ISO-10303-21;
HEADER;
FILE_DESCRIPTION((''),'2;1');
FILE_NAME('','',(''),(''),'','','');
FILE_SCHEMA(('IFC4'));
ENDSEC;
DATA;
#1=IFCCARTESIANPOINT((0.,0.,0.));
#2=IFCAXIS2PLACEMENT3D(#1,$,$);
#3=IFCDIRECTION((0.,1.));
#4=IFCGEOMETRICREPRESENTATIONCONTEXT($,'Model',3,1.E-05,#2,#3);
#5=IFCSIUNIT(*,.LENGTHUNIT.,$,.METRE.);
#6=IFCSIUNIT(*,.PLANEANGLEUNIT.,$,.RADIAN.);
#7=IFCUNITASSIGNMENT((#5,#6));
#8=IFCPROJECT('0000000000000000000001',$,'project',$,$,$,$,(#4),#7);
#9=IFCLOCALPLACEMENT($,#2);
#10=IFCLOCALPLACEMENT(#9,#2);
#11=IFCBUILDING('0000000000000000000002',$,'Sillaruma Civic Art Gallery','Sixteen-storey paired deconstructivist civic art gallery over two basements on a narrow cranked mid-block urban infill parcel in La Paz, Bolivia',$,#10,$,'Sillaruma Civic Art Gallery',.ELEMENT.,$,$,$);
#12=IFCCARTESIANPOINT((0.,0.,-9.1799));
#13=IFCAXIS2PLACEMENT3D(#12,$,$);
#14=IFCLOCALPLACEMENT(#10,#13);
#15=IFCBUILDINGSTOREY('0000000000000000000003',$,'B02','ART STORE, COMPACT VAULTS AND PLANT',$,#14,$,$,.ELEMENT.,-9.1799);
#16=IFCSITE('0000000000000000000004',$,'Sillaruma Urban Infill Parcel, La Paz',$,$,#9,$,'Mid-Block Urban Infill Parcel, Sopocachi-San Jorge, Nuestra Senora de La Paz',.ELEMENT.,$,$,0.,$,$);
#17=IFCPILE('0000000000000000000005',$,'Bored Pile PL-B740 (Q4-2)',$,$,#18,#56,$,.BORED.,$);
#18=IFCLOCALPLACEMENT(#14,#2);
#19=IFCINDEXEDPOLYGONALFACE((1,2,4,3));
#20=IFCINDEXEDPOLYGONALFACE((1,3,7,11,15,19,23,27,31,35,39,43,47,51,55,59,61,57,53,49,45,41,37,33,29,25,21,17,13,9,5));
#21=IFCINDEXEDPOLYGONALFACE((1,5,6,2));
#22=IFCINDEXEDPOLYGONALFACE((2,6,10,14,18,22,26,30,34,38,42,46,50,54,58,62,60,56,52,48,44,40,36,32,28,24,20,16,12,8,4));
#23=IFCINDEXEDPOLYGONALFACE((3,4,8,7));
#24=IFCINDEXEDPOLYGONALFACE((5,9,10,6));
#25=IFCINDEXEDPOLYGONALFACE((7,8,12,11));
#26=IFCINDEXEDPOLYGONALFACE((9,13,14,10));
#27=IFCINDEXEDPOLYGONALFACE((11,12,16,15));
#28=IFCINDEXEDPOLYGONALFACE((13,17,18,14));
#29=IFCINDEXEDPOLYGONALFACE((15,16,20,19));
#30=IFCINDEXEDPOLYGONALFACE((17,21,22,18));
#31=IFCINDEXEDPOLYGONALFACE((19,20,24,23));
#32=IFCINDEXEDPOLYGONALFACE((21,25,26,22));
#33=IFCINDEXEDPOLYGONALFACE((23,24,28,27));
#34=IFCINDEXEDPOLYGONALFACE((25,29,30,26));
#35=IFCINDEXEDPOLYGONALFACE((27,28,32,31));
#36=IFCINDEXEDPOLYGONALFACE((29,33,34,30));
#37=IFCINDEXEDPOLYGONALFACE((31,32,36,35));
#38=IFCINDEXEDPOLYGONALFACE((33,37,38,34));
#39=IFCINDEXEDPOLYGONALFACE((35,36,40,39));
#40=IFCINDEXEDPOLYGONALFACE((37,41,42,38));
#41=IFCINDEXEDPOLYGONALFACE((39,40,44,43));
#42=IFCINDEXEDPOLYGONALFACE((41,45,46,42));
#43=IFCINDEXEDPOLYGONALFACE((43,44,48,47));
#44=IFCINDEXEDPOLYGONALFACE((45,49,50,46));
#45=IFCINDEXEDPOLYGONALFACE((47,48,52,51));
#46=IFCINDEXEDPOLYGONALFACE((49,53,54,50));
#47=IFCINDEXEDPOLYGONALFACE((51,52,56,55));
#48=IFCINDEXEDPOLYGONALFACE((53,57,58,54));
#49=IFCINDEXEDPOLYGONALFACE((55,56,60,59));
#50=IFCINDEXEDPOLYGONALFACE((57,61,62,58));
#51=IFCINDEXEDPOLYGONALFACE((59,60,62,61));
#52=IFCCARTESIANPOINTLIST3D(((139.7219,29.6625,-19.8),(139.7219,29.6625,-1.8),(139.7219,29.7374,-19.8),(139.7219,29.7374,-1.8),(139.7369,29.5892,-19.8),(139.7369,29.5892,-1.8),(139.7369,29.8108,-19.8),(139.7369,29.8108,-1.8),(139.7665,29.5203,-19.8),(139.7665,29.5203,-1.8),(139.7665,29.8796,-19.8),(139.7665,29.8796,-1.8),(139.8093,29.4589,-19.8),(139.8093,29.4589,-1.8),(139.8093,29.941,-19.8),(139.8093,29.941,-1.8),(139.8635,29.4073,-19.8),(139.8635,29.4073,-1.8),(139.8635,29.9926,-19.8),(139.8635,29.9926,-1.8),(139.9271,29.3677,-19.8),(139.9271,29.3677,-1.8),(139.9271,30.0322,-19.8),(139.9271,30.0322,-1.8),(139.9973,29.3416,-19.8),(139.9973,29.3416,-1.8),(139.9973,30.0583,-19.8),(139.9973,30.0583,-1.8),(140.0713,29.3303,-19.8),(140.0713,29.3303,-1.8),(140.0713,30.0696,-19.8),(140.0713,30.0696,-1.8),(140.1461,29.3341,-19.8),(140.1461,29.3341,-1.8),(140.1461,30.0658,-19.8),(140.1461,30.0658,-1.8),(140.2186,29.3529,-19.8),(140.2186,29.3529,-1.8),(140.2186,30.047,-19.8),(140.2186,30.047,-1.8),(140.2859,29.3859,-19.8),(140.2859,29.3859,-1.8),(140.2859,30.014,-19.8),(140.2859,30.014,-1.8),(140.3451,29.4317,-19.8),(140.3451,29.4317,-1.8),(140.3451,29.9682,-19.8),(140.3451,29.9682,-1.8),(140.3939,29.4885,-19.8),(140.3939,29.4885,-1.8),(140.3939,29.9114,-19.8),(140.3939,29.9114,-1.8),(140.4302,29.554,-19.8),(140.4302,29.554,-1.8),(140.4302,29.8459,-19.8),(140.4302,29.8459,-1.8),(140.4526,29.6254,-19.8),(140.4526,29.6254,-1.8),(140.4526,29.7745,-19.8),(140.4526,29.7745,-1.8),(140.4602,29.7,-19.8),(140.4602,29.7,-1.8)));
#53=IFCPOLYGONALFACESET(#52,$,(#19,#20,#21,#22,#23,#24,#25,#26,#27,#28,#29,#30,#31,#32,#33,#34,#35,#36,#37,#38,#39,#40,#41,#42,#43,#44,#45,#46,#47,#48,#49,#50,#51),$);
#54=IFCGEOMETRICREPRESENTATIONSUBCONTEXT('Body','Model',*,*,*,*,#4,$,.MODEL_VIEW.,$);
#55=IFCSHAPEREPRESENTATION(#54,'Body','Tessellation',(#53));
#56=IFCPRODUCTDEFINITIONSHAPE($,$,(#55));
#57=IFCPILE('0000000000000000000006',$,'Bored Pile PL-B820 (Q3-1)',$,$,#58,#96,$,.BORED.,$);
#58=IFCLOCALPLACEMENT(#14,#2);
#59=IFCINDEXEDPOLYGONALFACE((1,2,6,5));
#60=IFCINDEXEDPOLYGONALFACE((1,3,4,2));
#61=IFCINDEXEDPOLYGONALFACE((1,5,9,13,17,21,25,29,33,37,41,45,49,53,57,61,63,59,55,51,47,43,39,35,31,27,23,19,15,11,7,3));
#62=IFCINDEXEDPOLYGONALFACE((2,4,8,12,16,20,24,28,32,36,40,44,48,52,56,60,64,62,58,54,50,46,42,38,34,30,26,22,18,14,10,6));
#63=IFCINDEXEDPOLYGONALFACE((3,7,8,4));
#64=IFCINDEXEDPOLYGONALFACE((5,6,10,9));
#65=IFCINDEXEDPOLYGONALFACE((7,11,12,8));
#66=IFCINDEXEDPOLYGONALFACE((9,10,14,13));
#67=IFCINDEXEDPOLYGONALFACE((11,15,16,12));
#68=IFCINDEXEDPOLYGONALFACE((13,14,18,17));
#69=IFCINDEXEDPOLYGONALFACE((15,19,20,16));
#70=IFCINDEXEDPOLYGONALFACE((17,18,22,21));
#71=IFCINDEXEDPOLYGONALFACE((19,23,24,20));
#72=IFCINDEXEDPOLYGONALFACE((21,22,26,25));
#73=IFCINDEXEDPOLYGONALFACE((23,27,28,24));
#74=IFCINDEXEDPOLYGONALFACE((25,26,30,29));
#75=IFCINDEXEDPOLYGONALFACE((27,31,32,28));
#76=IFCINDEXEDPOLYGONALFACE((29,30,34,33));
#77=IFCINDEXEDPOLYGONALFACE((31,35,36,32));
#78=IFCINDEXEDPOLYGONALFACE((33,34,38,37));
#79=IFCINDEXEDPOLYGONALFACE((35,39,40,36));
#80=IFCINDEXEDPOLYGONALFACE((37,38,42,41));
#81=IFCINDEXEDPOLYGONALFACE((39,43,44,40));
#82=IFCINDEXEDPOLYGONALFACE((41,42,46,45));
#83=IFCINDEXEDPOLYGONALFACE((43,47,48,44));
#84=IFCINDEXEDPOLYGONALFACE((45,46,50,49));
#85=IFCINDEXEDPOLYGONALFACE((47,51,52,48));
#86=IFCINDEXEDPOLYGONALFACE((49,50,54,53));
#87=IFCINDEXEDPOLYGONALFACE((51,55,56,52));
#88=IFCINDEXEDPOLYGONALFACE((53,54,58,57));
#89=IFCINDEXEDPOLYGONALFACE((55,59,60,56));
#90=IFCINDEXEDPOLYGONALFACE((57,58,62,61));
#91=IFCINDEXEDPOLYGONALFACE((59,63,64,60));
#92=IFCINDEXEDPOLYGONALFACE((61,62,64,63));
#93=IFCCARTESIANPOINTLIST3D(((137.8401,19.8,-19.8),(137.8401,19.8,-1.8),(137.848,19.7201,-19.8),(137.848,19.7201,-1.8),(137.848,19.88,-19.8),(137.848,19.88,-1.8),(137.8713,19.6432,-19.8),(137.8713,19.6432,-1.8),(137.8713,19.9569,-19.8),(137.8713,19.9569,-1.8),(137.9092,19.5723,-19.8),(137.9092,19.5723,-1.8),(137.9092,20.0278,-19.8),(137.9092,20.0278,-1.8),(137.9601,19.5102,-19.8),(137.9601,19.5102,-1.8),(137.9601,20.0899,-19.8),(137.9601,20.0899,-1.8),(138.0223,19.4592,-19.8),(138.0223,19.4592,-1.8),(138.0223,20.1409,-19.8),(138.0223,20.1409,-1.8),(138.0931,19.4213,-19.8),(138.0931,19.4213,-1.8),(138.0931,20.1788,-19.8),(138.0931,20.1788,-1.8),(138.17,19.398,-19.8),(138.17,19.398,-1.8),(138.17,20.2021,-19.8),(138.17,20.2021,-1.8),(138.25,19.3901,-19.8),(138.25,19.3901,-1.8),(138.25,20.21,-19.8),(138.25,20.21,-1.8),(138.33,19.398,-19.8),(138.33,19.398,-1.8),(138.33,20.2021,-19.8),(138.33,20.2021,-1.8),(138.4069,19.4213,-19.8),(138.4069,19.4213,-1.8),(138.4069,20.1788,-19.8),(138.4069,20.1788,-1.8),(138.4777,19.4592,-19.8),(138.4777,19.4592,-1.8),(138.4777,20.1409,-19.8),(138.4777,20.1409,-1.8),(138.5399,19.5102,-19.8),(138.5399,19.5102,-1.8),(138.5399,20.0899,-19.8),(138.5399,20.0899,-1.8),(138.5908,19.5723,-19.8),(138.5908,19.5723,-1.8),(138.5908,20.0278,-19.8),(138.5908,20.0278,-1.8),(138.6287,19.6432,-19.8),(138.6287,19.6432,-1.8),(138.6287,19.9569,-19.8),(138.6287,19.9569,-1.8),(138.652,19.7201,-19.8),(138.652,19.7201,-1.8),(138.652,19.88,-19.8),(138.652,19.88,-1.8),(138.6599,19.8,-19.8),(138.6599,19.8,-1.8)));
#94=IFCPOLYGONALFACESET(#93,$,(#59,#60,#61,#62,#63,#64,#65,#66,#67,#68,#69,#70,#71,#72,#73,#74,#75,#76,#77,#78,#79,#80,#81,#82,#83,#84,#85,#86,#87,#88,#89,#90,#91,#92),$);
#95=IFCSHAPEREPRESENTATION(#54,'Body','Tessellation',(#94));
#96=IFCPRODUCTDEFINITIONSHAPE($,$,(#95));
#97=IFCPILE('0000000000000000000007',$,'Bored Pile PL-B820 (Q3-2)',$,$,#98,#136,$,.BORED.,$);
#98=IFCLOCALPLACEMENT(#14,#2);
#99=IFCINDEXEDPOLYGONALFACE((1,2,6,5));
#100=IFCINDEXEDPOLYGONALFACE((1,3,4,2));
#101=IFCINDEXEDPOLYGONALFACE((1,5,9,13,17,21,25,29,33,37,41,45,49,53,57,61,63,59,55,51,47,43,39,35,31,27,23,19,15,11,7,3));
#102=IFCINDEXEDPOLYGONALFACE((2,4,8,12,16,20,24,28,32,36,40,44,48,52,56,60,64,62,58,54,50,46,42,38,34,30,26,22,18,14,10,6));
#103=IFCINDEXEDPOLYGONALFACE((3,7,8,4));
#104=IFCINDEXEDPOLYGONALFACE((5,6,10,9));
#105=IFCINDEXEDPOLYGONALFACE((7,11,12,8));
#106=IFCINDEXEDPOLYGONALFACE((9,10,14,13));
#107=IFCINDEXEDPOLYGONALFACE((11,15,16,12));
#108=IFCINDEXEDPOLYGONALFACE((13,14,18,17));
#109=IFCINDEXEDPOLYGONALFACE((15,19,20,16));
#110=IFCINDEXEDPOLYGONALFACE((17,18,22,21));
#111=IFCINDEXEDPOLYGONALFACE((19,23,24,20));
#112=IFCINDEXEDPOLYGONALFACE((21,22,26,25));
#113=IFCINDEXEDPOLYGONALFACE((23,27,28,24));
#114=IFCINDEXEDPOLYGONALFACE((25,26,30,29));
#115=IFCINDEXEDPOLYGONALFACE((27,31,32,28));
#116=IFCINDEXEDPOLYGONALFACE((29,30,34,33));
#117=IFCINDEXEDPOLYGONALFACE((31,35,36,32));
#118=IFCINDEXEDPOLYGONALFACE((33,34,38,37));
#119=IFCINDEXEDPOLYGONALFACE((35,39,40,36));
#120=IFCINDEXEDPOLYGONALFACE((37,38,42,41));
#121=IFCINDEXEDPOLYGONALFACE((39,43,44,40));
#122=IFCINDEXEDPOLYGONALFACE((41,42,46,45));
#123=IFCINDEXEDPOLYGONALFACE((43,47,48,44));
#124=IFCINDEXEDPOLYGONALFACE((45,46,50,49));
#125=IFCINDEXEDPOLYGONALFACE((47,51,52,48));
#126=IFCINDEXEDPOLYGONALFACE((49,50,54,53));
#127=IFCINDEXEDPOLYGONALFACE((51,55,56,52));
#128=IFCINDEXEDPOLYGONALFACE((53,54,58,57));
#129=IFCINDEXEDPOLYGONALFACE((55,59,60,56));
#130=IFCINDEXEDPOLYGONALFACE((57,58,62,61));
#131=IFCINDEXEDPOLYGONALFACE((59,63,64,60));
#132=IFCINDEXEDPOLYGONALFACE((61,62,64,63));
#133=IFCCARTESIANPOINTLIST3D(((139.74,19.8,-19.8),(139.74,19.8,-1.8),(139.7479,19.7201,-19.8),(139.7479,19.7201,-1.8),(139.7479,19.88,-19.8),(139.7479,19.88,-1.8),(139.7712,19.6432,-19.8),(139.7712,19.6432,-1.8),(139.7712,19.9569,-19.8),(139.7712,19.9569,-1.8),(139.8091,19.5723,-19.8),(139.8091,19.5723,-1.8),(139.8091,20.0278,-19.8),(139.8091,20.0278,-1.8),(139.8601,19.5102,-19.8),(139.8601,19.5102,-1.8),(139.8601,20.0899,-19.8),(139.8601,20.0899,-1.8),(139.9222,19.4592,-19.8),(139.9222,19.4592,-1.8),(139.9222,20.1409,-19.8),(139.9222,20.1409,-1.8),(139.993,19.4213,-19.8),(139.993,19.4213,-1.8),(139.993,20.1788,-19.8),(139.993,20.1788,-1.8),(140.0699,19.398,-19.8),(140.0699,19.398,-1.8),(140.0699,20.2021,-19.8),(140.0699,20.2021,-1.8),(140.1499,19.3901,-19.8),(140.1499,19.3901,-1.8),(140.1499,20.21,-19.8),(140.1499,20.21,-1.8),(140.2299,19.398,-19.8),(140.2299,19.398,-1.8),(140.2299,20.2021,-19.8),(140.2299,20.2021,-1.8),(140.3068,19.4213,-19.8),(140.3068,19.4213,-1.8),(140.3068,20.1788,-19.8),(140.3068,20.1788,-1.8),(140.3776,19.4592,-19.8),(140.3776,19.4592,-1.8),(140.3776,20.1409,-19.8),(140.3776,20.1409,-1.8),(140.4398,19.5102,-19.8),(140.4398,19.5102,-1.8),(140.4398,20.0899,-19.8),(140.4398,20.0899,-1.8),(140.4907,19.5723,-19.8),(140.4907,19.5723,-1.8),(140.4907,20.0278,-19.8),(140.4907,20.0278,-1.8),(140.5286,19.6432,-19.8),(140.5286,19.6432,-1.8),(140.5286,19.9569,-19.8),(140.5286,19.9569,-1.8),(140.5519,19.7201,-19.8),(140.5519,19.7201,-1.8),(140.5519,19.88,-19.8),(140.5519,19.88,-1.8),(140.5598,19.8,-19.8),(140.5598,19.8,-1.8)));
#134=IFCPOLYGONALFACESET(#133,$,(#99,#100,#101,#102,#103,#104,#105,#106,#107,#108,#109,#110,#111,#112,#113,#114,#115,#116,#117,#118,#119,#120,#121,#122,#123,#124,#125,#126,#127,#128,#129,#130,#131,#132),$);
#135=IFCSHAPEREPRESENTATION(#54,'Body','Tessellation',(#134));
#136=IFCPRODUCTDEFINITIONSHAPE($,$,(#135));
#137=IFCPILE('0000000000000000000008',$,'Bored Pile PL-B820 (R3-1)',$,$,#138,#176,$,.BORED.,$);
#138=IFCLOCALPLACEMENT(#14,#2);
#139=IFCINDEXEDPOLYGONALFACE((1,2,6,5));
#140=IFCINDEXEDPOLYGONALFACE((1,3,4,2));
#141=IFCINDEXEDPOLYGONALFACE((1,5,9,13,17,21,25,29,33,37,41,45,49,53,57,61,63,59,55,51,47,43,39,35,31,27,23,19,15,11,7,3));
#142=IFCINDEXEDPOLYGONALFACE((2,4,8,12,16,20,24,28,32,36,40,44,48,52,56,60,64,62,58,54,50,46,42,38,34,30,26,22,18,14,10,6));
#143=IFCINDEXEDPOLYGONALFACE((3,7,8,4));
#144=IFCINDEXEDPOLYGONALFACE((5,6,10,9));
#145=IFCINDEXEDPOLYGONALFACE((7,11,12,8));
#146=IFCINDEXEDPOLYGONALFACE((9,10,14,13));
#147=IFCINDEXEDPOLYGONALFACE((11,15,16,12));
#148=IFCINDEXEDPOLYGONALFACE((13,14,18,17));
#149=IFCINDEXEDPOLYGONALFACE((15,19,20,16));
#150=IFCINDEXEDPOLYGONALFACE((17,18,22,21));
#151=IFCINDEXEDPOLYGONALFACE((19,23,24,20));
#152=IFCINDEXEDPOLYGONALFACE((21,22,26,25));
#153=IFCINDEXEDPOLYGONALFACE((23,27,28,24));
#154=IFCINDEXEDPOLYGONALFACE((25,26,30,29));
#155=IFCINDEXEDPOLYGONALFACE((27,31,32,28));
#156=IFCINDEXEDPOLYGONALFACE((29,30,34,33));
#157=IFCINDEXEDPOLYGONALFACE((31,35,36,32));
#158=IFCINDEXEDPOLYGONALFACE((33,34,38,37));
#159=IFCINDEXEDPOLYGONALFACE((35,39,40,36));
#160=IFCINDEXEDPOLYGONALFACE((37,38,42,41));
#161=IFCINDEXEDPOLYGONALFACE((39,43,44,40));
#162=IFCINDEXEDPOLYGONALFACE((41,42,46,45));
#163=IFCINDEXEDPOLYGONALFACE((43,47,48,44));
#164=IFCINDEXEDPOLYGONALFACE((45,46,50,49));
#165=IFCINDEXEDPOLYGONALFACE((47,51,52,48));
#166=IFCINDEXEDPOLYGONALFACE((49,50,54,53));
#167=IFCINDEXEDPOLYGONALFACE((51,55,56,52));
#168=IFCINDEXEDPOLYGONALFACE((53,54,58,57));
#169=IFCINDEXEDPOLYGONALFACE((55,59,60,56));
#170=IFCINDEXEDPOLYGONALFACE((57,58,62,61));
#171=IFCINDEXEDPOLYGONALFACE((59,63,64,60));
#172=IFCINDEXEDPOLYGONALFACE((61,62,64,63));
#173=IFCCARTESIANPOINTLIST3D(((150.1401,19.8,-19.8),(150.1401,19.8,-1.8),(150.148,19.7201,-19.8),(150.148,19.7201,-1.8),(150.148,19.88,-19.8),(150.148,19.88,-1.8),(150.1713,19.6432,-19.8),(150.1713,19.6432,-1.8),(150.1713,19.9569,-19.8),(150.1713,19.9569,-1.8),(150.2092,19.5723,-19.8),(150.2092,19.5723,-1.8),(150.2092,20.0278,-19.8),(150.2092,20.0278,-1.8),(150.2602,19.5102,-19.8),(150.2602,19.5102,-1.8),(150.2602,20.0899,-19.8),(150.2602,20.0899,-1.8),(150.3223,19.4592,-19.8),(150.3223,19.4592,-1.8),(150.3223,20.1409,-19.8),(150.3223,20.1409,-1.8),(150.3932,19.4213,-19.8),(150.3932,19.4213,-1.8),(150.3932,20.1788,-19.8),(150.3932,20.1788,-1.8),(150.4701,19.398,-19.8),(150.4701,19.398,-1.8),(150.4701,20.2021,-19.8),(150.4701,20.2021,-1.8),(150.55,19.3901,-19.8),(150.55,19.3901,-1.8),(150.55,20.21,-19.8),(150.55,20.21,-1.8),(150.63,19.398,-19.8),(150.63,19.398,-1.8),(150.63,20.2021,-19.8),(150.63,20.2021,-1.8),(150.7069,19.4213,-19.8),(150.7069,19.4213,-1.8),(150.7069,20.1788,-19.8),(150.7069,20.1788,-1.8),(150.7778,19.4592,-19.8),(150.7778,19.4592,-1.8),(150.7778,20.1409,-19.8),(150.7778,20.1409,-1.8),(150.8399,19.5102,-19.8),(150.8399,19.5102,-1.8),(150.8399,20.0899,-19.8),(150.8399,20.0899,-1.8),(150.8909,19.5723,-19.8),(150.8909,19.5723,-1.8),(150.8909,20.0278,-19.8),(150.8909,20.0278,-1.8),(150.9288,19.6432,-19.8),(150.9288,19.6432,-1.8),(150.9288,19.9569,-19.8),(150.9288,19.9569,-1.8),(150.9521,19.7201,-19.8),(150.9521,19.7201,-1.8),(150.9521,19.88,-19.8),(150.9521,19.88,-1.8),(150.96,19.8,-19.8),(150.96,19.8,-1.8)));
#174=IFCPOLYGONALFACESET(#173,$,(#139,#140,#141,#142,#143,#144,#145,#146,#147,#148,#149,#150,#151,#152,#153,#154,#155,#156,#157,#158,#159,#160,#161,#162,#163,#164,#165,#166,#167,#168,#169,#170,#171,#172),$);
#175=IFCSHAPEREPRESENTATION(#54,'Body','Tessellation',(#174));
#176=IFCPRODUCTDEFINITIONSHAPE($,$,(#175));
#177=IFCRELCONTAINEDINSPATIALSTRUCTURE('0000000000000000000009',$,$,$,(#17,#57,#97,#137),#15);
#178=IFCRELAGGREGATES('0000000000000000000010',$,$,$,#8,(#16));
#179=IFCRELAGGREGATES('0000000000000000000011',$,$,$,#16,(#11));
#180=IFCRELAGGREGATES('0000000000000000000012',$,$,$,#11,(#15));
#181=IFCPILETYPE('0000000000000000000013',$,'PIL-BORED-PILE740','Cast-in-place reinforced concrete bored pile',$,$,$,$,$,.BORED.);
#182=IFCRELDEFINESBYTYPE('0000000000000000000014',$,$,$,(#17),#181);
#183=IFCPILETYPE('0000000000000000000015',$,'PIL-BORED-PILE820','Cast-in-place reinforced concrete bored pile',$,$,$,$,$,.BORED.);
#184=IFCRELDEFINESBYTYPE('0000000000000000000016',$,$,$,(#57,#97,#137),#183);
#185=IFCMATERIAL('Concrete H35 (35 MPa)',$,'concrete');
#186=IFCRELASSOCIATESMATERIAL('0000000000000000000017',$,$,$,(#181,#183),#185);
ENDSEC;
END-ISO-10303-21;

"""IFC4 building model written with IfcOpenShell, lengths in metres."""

from ifc_helpers import new_model, si_unit, direction, frame, origin, origin_2d, place, context, subcontext, project, spatial, circle, extrude, material, material_profile, profile_set, type_object, element, save


model = new_model("IFC4")

# Units and contexts
model_context = context("Model", 3, precision=1e-05, world=origin(), true_north=direction((0.0, 1.0)))
body_context = subcontext(model_context, "Body", "Model", "MODEL_VIEW")
ifc_project = project(units=[si_unit("LENGTHUNIT", "METRE"), si_unit("PLANEANGLEUNIT", "RADIAN")], contexts=[model_context])

# Site, building, storey
site_placement = place(None, origin())
site = spatial("IfcSite", under=ifc_project, at=site_placement, Name="Sillaruma Urban Infill Parcel, La Paz", LongName="Mid-Block Urban Infill Parcel, Sopocachi-San Jorge, Nuestra Senora de La Paz", CompositionType="ELEMENT", RefElevation=0.0)
building_placement = place(site_placement, origin())
building = spatial("IfcBuilding", under=site, at=building_placement, Name="Sillaruma Civic Art Gallery", Description="Sixteen-storey paired deconstructivist civic art gallery over two basements on a narrow cranked mid-block urban infill parcel in La Paz, Bolivia", LongName="Sillaruma Civic Art Gallery", CompositionType="ELEMENT")
storey_placement = place(building_placement, frame((0.0, 0.0, -9.1799)))
storey = spatial("IfcBuildingStorey", under=building, at=storey_placement, Name="B02", Description="ART STORE, COMPACT VAULTS AND PLANT", CompositionType="ELEMENT", Elevation=-9.1799)

# Shared definitions
ifc_material_1 = material(Name="Concrete H35 (35 MPa)", Category="concrete")

# Piles
ifc_material_profile_1 = material_profile(ifc_material_1, circle(Radius=0.3701, at=origin_2d()), Name="PILE740")
ifc_profile_set_1 = profile_set([ifc_material_profile_1], Name="Concrete H35 (35 MPa)")
pile_type_1 = type_object("IfcPileType", Name="PIL-BORED-PILE740", Description="Cast-in-place reinforced concrete bored pile", PredefinedType="BORED", material=ifc_profile_set_1)
for number, where, z_axis, x_axis, name in (
    (1, (140.0901, 29.7, -1.8), (0.0, 0.0, -1.0), (1.0, 0.0, 0.0), "Bored Pile PL-B740 (Q4-2)"),
):
    element("IfcPile", number, at=place(storey_placement, frame(where, z_axis=z_axis, x_axis=x_axis)), inside=storey, type_object=pile_type_1, Name=name, PredefinedType="BORED", context=body_context, shape_type="SweptSolid", body=[
        extrude(circle(Radius=0.3701, at=origin_2d()), origin(), (0.0, 0.0, 1.0), 18.0),
    ])
ifc_material_profile_2 = material_profile(ifc_material_1, circle(Radius=0.4099, at=origin_2d()), Name="PILE820")
ifc_profile_set_2 = profile_set([ifc_material_profile_2], Name="Concrete H35 (35 MPa)")
pile_type_2 = type_object("IfcPileType", Name="PIL-BORED-PILE820", Description="Cast-in-place reinforced concrete bored pile", PredefinedType="BORED", material=ifc_profile_set_2)
for number, where, z_axis, x_axis, name in (
    (2, (138.25, 19.8, -1.8), (0.0, 0.0, -1.0), (1.0, 0.0, 0.0), "Bored Pile PL-B820 (Q3-1)"),
    (3, (140.1499, 19.8, -1.8), (0.0, 0.0, -1.0), (1.0, 0.0, 0.0), "Bored Pile PL-B820 (Q3-2)"),
    (4, (150.55, 19.8, -1.8), (0.0, 0.0, -1.0), (1.0, 0.0, 0.0), "Bored Pile PL-B820 (R3-1)"),
):
    element("IfcPile", number, at=place(storey_placement, frame(where, z_axis=z_axis, x_axis=x_axis)), inside=storey, type_object=pile_type_2, Name=name, PredefinedType="BORED", context=body_context, shape_type="SweptSolid", body=[
        extrude(circle(Radius=0.4099, at=origin_2d()), origin(), (0.0, 0.0, 1.0), 18.0),
    ])

save(model, "model.ifc")
